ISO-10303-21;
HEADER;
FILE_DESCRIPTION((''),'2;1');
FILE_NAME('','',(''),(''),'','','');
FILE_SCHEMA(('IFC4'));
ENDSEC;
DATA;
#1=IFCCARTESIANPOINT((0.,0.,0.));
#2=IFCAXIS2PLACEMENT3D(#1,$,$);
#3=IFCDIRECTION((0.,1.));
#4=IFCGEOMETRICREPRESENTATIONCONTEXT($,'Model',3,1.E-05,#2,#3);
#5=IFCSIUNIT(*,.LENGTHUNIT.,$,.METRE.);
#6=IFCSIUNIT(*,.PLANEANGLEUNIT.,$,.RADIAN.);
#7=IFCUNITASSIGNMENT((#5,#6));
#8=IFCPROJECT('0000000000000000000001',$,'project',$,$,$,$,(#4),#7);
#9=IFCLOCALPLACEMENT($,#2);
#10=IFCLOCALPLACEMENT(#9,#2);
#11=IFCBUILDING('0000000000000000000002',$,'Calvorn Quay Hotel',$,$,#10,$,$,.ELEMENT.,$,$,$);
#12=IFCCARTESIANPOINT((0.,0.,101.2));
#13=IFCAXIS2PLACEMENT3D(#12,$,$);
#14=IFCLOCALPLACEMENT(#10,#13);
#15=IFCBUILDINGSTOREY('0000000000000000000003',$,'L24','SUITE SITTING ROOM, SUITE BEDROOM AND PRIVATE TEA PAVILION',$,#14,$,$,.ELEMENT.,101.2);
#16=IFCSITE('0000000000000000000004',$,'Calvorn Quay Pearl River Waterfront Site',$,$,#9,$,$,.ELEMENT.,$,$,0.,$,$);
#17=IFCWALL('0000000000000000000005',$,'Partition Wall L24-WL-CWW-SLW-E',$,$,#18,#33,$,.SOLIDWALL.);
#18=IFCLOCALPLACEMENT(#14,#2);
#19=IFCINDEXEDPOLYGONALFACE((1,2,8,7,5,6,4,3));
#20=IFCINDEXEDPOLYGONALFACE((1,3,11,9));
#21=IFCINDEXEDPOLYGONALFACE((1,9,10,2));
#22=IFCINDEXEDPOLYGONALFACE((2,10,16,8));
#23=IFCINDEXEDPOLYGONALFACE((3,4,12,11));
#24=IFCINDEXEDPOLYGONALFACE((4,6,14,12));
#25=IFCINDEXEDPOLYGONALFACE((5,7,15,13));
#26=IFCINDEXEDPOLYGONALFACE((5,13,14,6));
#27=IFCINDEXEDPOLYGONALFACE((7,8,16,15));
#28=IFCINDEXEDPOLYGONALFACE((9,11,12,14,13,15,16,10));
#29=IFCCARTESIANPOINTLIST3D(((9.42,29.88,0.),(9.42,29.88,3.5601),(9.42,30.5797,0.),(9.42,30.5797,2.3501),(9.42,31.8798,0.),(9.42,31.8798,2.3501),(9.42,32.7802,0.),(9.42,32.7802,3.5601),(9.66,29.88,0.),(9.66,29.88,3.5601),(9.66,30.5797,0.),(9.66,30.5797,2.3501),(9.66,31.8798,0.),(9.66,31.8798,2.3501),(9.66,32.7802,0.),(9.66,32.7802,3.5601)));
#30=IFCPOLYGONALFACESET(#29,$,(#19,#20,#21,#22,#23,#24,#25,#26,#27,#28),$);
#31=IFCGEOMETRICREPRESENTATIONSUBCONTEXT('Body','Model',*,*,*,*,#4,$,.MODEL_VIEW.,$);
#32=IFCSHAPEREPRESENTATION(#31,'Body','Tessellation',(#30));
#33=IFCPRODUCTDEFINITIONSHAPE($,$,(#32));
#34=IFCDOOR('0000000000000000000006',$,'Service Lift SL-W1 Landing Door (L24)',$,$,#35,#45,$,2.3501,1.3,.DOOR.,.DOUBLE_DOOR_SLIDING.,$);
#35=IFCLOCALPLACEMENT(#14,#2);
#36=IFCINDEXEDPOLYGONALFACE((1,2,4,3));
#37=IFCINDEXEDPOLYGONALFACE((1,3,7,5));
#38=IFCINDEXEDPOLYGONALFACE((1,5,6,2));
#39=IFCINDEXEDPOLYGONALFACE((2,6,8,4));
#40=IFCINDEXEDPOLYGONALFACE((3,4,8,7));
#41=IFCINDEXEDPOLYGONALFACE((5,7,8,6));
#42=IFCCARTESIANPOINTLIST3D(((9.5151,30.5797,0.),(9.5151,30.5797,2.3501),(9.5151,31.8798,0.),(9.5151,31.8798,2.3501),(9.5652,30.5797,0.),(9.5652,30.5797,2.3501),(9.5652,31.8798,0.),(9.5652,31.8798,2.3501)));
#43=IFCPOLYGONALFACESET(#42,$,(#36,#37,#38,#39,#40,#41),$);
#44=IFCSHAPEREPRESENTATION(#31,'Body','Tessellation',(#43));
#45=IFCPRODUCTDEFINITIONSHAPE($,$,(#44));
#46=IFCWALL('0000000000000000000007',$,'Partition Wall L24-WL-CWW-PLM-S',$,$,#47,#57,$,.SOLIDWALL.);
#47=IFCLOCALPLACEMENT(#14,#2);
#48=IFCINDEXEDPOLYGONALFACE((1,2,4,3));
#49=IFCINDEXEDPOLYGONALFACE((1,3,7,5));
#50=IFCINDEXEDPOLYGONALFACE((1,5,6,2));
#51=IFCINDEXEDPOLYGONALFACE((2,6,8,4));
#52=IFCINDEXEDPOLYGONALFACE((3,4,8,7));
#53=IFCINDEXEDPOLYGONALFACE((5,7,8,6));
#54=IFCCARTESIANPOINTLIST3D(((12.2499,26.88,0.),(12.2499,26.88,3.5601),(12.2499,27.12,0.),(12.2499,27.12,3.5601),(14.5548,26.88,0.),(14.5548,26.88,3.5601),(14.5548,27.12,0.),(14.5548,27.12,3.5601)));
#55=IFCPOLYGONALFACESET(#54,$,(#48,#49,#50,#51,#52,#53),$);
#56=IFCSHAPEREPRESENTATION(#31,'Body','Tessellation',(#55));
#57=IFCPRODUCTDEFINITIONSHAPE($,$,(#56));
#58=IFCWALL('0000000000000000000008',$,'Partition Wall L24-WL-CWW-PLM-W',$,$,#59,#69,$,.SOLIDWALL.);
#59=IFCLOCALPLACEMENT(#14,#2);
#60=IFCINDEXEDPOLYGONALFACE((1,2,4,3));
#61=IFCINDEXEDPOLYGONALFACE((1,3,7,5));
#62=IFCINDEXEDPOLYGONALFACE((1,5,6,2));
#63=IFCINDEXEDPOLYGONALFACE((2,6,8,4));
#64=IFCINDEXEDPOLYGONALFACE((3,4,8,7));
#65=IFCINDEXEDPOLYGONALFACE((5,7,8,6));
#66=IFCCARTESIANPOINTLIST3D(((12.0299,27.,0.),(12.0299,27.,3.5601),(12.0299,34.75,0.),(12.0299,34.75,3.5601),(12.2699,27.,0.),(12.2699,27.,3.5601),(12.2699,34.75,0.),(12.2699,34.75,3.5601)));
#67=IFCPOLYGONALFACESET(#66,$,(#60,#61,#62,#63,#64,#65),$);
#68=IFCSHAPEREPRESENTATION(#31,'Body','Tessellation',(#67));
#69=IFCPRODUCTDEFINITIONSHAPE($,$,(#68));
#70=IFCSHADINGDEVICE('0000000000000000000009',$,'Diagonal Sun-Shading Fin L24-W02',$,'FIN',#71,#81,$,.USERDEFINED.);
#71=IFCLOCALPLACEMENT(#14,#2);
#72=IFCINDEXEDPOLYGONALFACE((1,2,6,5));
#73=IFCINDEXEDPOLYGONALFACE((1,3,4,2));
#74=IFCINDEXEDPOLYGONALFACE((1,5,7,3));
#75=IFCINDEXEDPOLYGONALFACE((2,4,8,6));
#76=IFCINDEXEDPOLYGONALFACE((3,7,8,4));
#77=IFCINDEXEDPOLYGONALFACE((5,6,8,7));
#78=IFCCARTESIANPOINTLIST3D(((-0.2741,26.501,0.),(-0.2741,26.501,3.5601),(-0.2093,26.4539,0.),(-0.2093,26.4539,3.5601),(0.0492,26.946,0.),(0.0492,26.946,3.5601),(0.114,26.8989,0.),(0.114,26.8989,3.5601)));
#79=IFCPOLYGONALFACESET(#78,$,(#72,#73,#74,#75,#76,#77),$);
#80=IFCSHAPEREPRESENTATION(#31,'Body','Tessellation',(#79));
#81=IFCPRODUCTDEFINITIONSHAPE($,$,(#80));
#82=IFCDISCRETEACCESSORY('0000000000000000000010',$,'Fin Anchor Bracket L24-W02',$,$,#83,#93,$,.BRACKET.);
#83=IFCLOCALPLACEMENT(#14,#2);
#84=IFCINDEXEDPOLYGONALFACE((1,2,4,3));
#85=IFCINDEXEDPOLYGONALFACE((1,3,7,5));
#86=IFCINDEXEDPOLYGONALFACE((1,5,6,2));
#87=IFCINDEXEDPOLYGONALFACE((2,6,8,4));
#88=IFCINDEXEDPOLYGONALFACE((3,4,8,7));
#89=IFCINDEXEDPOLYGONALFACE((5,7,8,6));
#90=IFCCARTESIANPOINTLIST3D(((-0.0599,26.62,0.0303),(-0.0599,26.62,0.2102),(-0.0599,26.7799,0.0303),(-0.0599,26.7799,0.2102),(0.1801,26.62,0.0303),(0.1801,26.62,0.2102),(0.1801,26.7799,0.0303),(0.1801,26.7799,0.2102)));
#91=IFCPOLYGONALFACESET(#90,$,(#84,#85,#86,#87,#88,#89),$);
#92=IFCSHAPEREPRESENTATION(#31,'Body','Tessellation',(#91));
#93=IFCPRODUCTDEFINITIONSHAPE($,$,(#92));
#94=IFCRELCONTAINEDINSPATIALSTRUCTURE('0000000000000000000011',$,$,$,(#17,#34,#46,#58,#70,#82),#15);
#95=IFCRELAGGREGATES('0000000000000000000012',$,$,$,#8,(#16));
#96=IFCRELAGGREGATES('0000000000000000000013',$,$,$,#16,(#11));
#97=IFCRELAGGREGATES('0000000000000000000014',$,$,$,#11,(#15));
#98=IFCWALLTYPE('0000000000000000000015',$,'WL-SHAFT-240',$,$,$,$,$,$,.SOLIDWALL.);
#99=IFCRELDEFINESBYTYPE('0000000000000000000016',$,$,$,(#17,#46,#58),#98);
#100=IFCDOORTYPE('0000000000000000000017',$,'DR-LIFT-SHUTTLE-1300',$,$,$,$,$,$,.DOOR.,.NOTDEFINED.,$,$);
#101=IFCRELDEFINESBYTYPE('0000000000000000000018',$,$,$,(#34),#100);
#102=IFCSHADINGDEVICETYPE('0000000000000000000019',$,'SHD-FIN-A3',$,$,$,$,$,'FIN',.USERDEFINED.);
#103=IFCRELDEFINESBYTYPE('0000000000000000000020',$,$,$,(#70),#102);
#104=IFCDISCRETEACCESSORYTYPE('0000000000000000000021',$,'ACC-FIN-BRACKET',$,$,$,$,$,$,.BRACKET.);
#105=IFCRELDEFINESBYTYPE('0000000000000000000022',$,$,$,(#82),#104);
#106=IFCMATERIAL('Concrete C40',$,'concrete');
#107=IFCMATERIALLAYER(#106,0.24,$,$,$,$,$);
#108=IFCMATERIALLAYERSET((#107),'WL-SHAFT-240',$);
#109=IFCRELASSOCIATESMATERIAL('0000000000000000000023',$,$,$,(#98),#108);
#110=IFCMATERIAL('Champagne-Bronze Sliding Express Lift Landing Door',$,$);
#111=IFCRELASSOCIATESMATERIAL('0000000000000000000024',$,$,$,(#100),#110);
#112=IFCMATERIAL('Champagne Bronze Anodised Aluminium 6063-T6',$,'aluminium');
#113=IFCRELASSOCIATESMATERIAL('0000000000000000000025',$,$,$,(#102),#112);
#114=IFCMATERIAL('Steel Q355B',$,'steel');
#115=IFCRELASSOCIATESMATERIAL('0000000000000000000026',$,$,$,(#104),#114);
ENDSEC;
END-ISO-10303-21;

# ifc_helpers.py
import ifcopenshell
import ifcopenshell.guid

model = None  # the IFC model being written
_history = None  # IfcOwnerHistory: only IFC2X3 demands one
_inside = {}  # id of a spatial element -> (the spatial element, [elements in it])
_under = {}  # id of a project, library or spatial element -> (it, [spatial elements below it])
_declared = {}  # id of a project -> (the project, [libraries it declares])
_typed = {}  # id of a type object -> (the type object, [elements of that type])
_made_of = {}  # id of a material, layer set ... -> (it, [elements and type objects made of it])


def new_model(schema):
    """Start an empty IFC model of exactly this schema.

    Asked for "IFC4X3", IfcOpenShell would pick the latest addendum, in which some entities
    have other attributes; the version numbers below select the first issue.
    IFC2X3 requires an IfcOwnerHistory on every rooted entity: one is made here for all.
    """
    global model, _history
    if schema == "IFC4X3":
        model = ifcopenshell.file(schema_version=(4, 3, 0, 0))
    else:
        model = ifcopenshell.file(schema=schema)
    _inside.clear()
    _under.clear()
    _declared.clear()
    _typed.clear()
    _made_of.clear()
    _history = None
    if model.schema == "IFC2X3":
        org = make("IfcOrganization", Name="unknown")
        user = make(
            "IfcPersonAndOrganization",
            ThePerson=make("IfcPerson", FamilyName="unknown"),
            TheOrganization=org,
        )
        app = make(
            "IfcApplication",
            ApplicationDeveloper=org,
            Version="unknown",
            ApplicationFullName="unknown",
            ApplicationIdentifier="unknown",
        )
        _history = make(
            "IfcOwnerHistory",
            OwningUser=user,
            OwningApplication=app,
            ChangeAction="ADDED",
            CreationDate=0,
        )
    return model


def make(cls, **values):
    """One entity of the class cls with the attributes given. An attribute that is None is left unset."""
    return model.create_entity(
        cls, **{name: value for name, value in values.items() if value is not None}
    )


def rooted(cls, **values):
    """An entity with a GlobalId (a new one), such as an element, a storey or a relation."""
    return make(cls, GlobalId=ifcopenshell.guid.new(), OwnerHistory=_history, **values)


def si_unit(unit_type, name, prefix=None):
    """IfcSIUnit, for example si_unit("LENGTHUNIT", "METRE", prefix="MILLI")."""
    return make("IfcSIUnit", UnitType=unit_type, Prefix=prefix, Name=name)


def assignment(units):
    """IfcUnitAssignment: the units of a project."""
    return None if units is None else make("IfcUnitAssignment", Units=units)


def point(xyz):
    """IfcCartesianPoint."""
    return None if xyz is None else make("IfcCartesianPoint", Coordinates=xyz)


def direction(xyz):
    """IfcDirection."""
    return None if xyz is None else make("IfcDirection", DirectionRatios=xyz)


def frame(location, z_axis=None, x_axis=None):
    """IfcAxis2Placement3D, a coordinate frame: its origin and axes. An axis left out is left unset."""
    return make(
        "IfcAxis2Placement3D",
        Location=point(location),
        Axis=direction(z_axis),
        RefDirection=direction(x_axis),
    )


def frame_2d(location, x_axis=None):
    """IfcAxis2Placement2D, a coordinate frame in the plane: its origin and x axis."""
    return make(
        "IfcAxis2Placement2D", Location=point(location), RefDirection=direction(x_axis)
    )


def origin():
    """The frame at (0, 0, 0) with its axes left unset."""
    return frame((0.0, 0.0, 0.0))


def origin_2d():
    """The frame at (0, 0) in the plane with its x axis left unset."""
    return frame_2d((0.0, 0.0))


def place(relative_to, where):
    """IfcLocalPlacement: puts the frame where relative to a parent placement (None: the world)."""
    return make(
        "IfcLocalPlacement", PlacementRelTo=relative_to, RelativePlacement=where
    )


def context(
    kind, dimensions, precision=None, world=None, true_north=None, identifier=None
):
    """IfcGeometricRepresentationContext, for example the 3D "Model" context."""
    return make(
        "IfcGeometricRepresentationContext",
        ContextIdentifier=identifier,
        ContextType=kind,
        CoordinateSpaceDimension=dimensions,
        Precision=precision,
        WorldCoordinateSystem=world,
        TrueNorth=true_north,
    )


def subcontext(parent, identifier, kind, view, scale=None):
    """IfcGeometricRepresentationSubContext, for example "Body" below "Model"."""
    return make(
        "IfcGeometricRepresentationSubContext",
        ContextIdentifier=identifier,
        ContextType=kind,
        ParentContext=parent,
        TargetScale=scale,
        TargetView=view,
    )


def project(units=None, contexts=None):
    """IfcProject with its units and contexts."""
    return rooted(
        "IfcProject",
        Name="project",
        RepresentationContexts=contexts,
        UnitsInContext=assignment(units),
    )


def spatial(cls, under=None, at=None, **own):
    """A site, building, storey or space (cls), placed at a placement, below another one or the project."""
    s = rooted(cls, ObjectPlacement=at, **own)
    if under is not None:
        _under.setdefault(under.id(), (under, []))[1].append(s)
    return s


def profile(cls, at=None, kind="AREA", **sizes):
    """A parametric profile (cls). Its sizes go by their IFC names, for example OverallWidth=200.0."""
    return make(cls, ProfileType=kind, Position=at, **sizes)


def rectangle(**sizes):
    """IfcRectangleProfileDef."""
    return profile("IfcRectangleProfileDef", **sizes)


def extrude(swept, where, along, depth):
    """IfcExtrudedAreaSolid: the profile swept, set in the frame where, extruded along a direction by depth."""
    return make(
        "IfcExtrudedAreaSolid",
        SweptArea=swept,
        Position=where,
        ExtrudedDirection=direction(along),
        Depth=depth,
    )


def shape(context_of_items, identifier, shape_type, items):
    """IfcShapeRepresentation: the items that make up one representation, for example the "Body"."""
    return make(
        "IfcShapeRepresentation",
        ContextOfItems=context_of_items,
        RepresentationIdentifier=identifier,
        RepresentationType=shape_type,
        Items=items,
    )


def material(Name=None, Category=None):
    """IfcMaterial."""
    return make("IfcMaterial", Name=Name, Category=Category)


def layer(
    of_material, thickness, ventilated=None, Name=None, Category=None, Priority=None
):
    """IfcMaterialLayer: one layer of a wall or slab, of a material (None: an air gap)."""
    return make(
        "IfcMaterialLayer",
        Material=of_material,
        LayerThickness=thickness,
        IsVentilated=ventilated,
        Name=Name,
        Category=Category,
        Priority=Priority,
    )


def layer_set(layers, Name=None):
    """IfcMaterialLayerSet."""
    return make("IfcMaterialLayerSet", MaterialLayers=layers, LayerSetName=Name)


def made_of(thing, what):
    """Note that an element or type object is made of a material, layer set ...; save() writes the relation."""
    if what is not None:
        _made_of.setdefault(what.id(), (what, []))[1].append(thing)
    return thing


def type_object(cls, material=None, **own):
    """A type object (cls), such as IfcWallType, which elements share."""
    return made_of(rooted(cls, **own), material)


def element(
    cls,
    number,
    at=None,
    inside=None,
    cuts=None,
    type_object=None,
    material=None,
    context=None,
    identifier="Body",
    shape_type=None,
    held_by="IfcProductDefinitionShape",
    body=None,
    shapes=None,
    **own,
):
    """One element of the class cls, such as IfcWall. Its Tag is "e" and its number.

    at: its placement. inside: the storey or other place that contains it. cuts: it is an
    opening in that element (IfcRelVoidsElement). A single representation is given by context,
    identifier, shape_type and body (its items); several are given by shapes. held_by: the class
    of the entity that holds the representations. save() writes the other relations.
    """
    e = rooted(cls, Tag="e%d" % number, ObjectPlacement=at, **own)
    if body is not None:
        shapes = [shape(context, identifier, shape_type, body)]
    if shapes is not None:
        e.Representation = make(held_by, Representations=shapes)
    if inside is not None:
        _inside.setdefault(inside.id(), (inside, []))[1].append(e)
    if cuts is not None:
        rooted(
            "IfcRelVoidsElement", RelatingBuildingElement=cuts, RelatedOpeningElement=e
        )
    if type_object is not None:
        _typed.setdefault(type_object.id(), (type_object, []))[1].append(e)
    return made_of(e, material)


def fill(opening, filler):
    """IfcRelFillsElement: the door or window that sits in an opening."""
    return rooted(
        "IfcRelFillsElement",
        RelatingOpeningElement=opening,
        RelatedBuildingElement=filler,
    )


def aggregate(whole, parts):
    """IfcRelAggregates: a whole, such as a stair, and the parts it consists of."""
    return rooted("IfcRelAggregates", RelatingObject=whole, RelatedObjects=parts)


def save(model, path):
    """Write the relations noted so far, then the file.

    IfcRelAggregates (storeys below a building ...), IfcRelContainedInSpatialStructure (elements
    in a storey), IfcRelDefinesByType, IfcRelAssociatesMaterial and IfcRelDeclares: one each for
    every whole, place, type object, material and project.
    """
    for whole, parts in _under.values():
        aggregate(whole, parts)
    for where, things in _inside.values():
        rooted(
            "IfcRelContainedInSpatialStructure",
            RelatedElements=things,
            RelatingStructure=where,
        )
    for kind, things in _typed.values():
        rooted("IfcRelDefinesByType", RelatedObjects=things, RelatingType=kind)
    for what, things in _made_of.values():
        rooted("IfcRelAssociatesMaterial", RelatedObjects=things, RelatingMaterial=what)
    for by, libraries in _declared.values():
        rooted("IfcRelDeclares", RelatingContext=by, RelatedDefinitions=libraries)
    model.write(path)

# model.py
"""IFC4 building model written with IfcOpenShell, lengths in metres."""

from ifc_helpers import new_model, si_unit, direction, frame, frame_2d, origin, origin_2d, place, context, subcontext, project, spatial, rectangle, extrude, material, layer, layer_set, type_object, element, fill, save


model = new_model("IFC4")

# Units and contexts
model_context = context("Model", 3, precision=1e-05, world=origin(), true_north=direction((0.0, 1.0)))
body_context = subcontext(model_context, "Body", "Model", "MODEL_VIEW")
ifc_project = project(units=[si_unit("LENGTHUNIT", "METRE"), si_unit("PLANEANGLEUNIT", "RADIAN")], contexts=[model_context])

# Site, building, storey
site_placement = place(None, origin())
site = spatial("IfcSite", under=ifc_project, at=site_placement, Name="Calvorn Quay Pearl River Waterfront Site", CompositionType="ELEMENT", RefElevation=0.0)
building_placement = place(site_placement, origin())
building = spatial("IfcBuilding", under=site, at=building_placement, Name="Calvorn Quay Hotel", CompositionType="ELEMENT")
storey_placement = place(building_placement, frame((0.0, 0.0, 101.2)))
storey = spatial("IfcBuildingStorey", under=building, at=storey_placement, Name="L24", Description="SUITE SITTING ROOM, SUITE BEDROOM AND PRIVATE TEA PAVILION", CompositionType="ELEMENT", Elevation=101.2)

# Shared definitions
ifc_material_1 = material(Name="Concrete C40", Category="concrete")
ifc_layer_1 = layer(ifc_material_1, 0.24)
ifc_layer_set_1 = layer_set([ifc_layer_1], Name="WL-SHAFT-240")
wall_type_1 = type_object("IfcWallType", Name="WL-SHAFT-240", PredefinedType="SOLIDWALL", material=ifc_layer_set_1)

# Shared definitions
ifc_material_2 = material(Name="Champagne-Bronze Sliding Express Lift Landing Door")
door_type_1 = type_object("IfcDoorType", Name="DR-LIFT-SHUTTLE-1300", OperationType="NOTDEFINED", PredefinedType="DOOR", material=ifc_material_2)

# Wall, opening, door
wall_1_placement = place(storey_placement, frame((9.54, 29.8799, 0.0), z_axis=(0.0, 0.0, 1.0), x_axis=(0.0, 1.0, 0.0)))
wall_1 = element("IfcWall", 1, at=wall_1_placement, inside=storey, type_object=wall_type_1, Name="Partition Wall L24-WL-CWW-SLW-E", PredefinedType="SOLIDWALL", context=body_context, shape_type="SweptSolid", body=[
    extrude(rectangle(XDim=2.9001, YDim=0.24, at=frame_2d((1.4502, 0.0))), origin(), (0.0, 0.0, 1.0), 3.5601),
])
opening_1_placement = place(wall_1_placement, frame((0.7, 0.0, 0.0)))
opening_1 = element("IfcOpeningElement", 2, at=opening_1_placement, cuts=wall_1, PredefinedType="OPENING", context=body_context, shape_type="SweptSolid", body=[
    extrude(rectangle(XDim=1.3, YDim=2.3501, at=frame_2d((0.6499, 1.175))), frame((0.0, 0.1299, 0.0), z_axis=(0.0, -1.0, 0.0), x_axis=(1.0, 0.0, 0.0)), (0.0, 0.0, 1.0), 0.26),
])
door_1_placement = place(opening_1_placement, origin())
door_1 = element("IfcDoor", 3, at=door_1_placement, inside=storey, type_object=door_type_1, Name="Service Lift SL-W1 Landing Door (L24)", OperationType="DOUBLE_DOOR_SLIDING", OverallHeight=2.3501, OverallWidth=1.3, PredefinedType="DOOR", context=body_context, shape_type="SweptSolid", body=[
    extrude(rectangle(XDim=1.3, YDim=2.3501, at=frame_2d((0.6499, 1.175))), frame((0.0, 0.0249, 0.0), z_axis=(0.0, -1.0, 0.0), x_axis=(1.0, 0.0, 0.0)), (0.0, 0.0, 1.0), 0.05),
])
fill(opening_1, door_1)

# Walls
wall_2_placement = place(storey_placement, frame((12.25, 27.0, 0.0), z_axis=(0.0, 0.0, 1.0), x_axis=(1.0, 0.0, 0.0)))
element("IfcWall", 4, at=wall_2_placement, inside=storey, type_object=wall_type_1, Name="Partition Wall L24-WL-CWW-PLM-S", PredefinedType="SOLIDWALL", context=body_context, shape_type="SweptSolid", body=[
    extrude(rectangle(XDim=2.3049, YDim=0.24, at=frame_2d((1.1523, 0.0))), origin(), (0.0, 0.0, 1.0), 3.5601),
])
wall_3_placement = place(storey_placement, frame((12.1499, 27.0, 0.0), z_axis=(0.0, 0.0, 1.0), x_axis=(0.0, 1.0, 0.0)))
element("IfcWall", 5, at=wall_3_placement, inside=storey, type_object=wall_type_1, Name="Partition Wall L24-WL-CWW-PLM-W", PredefinedType="SOLIDWALL", context=body_context, shape_type="SweptSolid", body=[
    extrude(rectangle(XDim=7.75, YDim=0.24, at=frame_2d((3.875, 0.0))), origin(), (0.0, 0.0, 1.0), 3.5601),
])

# Shading device
ifc_material_3 = material(Name="Champagne Bronze Anodised Aluminium 6063-T6", Category="aluminium")
shading_device_type = type_object("IfcShadingDeviceType", Name="SHD-FIN-A3", ElementType="FIN", PredefinedType="USERDEFINED", material=ifc_material_3)
shading_device_placement = place(storey_placement, frame((-0.0801, 26.7, 0.0), z_axis=(0.0, 0.0, 1.0), x_axis=(0.587785, 0.809017, 0.0)))
element("IfcShadingDevice", 6, at=shading_device_placement, inside=storey, type_object=shading_device_type, Name="Diagonal Sun-Shading Fin L24-W02", ObjectType="FIN", PredefinedType="USERDEFINED", context=body_context, shape_type="SweptSolid", body=[
    extrude(rectangle(XDim=0.55, YDim=0.0801, at=origin_2d()), origin(), (0.0, 0.0, 1.0), 3.5601),
])

# Discrete accessory
ifc_material_4 = material(Name="Steel Q355B", Category="steel")
discrete_accessory_type = type_object("IfcDiscreteAccessoryType", Name="ACC-FIN-BRACKET", PredefinedType="BRACKET", material=ifc_material_4)
discrete_accessory_placement = place(storey_placement, frame((0.0601, 26.7, 0.0303), z_axis=(0.0, 0.0, 1.0), x_axis=(1.0, 0.0, 0.0)))
element("IfcDiscreteAccessory", 7, at=discrete_accessory_placement, inside=storey, type_object=discrete_accessory_type, Name="Fin Anchor Bracket L24-W02", PredefinedType="BRACKET", context=body_context, shape_type="SweptSolid", body=[
    extrude(rectangle(XDim=0.24, YDim=0.1599, at=origin_2d()), origin(), (0.0, 0.0, 1.0), 0.1799),
])

save(model, "model.ifc")
